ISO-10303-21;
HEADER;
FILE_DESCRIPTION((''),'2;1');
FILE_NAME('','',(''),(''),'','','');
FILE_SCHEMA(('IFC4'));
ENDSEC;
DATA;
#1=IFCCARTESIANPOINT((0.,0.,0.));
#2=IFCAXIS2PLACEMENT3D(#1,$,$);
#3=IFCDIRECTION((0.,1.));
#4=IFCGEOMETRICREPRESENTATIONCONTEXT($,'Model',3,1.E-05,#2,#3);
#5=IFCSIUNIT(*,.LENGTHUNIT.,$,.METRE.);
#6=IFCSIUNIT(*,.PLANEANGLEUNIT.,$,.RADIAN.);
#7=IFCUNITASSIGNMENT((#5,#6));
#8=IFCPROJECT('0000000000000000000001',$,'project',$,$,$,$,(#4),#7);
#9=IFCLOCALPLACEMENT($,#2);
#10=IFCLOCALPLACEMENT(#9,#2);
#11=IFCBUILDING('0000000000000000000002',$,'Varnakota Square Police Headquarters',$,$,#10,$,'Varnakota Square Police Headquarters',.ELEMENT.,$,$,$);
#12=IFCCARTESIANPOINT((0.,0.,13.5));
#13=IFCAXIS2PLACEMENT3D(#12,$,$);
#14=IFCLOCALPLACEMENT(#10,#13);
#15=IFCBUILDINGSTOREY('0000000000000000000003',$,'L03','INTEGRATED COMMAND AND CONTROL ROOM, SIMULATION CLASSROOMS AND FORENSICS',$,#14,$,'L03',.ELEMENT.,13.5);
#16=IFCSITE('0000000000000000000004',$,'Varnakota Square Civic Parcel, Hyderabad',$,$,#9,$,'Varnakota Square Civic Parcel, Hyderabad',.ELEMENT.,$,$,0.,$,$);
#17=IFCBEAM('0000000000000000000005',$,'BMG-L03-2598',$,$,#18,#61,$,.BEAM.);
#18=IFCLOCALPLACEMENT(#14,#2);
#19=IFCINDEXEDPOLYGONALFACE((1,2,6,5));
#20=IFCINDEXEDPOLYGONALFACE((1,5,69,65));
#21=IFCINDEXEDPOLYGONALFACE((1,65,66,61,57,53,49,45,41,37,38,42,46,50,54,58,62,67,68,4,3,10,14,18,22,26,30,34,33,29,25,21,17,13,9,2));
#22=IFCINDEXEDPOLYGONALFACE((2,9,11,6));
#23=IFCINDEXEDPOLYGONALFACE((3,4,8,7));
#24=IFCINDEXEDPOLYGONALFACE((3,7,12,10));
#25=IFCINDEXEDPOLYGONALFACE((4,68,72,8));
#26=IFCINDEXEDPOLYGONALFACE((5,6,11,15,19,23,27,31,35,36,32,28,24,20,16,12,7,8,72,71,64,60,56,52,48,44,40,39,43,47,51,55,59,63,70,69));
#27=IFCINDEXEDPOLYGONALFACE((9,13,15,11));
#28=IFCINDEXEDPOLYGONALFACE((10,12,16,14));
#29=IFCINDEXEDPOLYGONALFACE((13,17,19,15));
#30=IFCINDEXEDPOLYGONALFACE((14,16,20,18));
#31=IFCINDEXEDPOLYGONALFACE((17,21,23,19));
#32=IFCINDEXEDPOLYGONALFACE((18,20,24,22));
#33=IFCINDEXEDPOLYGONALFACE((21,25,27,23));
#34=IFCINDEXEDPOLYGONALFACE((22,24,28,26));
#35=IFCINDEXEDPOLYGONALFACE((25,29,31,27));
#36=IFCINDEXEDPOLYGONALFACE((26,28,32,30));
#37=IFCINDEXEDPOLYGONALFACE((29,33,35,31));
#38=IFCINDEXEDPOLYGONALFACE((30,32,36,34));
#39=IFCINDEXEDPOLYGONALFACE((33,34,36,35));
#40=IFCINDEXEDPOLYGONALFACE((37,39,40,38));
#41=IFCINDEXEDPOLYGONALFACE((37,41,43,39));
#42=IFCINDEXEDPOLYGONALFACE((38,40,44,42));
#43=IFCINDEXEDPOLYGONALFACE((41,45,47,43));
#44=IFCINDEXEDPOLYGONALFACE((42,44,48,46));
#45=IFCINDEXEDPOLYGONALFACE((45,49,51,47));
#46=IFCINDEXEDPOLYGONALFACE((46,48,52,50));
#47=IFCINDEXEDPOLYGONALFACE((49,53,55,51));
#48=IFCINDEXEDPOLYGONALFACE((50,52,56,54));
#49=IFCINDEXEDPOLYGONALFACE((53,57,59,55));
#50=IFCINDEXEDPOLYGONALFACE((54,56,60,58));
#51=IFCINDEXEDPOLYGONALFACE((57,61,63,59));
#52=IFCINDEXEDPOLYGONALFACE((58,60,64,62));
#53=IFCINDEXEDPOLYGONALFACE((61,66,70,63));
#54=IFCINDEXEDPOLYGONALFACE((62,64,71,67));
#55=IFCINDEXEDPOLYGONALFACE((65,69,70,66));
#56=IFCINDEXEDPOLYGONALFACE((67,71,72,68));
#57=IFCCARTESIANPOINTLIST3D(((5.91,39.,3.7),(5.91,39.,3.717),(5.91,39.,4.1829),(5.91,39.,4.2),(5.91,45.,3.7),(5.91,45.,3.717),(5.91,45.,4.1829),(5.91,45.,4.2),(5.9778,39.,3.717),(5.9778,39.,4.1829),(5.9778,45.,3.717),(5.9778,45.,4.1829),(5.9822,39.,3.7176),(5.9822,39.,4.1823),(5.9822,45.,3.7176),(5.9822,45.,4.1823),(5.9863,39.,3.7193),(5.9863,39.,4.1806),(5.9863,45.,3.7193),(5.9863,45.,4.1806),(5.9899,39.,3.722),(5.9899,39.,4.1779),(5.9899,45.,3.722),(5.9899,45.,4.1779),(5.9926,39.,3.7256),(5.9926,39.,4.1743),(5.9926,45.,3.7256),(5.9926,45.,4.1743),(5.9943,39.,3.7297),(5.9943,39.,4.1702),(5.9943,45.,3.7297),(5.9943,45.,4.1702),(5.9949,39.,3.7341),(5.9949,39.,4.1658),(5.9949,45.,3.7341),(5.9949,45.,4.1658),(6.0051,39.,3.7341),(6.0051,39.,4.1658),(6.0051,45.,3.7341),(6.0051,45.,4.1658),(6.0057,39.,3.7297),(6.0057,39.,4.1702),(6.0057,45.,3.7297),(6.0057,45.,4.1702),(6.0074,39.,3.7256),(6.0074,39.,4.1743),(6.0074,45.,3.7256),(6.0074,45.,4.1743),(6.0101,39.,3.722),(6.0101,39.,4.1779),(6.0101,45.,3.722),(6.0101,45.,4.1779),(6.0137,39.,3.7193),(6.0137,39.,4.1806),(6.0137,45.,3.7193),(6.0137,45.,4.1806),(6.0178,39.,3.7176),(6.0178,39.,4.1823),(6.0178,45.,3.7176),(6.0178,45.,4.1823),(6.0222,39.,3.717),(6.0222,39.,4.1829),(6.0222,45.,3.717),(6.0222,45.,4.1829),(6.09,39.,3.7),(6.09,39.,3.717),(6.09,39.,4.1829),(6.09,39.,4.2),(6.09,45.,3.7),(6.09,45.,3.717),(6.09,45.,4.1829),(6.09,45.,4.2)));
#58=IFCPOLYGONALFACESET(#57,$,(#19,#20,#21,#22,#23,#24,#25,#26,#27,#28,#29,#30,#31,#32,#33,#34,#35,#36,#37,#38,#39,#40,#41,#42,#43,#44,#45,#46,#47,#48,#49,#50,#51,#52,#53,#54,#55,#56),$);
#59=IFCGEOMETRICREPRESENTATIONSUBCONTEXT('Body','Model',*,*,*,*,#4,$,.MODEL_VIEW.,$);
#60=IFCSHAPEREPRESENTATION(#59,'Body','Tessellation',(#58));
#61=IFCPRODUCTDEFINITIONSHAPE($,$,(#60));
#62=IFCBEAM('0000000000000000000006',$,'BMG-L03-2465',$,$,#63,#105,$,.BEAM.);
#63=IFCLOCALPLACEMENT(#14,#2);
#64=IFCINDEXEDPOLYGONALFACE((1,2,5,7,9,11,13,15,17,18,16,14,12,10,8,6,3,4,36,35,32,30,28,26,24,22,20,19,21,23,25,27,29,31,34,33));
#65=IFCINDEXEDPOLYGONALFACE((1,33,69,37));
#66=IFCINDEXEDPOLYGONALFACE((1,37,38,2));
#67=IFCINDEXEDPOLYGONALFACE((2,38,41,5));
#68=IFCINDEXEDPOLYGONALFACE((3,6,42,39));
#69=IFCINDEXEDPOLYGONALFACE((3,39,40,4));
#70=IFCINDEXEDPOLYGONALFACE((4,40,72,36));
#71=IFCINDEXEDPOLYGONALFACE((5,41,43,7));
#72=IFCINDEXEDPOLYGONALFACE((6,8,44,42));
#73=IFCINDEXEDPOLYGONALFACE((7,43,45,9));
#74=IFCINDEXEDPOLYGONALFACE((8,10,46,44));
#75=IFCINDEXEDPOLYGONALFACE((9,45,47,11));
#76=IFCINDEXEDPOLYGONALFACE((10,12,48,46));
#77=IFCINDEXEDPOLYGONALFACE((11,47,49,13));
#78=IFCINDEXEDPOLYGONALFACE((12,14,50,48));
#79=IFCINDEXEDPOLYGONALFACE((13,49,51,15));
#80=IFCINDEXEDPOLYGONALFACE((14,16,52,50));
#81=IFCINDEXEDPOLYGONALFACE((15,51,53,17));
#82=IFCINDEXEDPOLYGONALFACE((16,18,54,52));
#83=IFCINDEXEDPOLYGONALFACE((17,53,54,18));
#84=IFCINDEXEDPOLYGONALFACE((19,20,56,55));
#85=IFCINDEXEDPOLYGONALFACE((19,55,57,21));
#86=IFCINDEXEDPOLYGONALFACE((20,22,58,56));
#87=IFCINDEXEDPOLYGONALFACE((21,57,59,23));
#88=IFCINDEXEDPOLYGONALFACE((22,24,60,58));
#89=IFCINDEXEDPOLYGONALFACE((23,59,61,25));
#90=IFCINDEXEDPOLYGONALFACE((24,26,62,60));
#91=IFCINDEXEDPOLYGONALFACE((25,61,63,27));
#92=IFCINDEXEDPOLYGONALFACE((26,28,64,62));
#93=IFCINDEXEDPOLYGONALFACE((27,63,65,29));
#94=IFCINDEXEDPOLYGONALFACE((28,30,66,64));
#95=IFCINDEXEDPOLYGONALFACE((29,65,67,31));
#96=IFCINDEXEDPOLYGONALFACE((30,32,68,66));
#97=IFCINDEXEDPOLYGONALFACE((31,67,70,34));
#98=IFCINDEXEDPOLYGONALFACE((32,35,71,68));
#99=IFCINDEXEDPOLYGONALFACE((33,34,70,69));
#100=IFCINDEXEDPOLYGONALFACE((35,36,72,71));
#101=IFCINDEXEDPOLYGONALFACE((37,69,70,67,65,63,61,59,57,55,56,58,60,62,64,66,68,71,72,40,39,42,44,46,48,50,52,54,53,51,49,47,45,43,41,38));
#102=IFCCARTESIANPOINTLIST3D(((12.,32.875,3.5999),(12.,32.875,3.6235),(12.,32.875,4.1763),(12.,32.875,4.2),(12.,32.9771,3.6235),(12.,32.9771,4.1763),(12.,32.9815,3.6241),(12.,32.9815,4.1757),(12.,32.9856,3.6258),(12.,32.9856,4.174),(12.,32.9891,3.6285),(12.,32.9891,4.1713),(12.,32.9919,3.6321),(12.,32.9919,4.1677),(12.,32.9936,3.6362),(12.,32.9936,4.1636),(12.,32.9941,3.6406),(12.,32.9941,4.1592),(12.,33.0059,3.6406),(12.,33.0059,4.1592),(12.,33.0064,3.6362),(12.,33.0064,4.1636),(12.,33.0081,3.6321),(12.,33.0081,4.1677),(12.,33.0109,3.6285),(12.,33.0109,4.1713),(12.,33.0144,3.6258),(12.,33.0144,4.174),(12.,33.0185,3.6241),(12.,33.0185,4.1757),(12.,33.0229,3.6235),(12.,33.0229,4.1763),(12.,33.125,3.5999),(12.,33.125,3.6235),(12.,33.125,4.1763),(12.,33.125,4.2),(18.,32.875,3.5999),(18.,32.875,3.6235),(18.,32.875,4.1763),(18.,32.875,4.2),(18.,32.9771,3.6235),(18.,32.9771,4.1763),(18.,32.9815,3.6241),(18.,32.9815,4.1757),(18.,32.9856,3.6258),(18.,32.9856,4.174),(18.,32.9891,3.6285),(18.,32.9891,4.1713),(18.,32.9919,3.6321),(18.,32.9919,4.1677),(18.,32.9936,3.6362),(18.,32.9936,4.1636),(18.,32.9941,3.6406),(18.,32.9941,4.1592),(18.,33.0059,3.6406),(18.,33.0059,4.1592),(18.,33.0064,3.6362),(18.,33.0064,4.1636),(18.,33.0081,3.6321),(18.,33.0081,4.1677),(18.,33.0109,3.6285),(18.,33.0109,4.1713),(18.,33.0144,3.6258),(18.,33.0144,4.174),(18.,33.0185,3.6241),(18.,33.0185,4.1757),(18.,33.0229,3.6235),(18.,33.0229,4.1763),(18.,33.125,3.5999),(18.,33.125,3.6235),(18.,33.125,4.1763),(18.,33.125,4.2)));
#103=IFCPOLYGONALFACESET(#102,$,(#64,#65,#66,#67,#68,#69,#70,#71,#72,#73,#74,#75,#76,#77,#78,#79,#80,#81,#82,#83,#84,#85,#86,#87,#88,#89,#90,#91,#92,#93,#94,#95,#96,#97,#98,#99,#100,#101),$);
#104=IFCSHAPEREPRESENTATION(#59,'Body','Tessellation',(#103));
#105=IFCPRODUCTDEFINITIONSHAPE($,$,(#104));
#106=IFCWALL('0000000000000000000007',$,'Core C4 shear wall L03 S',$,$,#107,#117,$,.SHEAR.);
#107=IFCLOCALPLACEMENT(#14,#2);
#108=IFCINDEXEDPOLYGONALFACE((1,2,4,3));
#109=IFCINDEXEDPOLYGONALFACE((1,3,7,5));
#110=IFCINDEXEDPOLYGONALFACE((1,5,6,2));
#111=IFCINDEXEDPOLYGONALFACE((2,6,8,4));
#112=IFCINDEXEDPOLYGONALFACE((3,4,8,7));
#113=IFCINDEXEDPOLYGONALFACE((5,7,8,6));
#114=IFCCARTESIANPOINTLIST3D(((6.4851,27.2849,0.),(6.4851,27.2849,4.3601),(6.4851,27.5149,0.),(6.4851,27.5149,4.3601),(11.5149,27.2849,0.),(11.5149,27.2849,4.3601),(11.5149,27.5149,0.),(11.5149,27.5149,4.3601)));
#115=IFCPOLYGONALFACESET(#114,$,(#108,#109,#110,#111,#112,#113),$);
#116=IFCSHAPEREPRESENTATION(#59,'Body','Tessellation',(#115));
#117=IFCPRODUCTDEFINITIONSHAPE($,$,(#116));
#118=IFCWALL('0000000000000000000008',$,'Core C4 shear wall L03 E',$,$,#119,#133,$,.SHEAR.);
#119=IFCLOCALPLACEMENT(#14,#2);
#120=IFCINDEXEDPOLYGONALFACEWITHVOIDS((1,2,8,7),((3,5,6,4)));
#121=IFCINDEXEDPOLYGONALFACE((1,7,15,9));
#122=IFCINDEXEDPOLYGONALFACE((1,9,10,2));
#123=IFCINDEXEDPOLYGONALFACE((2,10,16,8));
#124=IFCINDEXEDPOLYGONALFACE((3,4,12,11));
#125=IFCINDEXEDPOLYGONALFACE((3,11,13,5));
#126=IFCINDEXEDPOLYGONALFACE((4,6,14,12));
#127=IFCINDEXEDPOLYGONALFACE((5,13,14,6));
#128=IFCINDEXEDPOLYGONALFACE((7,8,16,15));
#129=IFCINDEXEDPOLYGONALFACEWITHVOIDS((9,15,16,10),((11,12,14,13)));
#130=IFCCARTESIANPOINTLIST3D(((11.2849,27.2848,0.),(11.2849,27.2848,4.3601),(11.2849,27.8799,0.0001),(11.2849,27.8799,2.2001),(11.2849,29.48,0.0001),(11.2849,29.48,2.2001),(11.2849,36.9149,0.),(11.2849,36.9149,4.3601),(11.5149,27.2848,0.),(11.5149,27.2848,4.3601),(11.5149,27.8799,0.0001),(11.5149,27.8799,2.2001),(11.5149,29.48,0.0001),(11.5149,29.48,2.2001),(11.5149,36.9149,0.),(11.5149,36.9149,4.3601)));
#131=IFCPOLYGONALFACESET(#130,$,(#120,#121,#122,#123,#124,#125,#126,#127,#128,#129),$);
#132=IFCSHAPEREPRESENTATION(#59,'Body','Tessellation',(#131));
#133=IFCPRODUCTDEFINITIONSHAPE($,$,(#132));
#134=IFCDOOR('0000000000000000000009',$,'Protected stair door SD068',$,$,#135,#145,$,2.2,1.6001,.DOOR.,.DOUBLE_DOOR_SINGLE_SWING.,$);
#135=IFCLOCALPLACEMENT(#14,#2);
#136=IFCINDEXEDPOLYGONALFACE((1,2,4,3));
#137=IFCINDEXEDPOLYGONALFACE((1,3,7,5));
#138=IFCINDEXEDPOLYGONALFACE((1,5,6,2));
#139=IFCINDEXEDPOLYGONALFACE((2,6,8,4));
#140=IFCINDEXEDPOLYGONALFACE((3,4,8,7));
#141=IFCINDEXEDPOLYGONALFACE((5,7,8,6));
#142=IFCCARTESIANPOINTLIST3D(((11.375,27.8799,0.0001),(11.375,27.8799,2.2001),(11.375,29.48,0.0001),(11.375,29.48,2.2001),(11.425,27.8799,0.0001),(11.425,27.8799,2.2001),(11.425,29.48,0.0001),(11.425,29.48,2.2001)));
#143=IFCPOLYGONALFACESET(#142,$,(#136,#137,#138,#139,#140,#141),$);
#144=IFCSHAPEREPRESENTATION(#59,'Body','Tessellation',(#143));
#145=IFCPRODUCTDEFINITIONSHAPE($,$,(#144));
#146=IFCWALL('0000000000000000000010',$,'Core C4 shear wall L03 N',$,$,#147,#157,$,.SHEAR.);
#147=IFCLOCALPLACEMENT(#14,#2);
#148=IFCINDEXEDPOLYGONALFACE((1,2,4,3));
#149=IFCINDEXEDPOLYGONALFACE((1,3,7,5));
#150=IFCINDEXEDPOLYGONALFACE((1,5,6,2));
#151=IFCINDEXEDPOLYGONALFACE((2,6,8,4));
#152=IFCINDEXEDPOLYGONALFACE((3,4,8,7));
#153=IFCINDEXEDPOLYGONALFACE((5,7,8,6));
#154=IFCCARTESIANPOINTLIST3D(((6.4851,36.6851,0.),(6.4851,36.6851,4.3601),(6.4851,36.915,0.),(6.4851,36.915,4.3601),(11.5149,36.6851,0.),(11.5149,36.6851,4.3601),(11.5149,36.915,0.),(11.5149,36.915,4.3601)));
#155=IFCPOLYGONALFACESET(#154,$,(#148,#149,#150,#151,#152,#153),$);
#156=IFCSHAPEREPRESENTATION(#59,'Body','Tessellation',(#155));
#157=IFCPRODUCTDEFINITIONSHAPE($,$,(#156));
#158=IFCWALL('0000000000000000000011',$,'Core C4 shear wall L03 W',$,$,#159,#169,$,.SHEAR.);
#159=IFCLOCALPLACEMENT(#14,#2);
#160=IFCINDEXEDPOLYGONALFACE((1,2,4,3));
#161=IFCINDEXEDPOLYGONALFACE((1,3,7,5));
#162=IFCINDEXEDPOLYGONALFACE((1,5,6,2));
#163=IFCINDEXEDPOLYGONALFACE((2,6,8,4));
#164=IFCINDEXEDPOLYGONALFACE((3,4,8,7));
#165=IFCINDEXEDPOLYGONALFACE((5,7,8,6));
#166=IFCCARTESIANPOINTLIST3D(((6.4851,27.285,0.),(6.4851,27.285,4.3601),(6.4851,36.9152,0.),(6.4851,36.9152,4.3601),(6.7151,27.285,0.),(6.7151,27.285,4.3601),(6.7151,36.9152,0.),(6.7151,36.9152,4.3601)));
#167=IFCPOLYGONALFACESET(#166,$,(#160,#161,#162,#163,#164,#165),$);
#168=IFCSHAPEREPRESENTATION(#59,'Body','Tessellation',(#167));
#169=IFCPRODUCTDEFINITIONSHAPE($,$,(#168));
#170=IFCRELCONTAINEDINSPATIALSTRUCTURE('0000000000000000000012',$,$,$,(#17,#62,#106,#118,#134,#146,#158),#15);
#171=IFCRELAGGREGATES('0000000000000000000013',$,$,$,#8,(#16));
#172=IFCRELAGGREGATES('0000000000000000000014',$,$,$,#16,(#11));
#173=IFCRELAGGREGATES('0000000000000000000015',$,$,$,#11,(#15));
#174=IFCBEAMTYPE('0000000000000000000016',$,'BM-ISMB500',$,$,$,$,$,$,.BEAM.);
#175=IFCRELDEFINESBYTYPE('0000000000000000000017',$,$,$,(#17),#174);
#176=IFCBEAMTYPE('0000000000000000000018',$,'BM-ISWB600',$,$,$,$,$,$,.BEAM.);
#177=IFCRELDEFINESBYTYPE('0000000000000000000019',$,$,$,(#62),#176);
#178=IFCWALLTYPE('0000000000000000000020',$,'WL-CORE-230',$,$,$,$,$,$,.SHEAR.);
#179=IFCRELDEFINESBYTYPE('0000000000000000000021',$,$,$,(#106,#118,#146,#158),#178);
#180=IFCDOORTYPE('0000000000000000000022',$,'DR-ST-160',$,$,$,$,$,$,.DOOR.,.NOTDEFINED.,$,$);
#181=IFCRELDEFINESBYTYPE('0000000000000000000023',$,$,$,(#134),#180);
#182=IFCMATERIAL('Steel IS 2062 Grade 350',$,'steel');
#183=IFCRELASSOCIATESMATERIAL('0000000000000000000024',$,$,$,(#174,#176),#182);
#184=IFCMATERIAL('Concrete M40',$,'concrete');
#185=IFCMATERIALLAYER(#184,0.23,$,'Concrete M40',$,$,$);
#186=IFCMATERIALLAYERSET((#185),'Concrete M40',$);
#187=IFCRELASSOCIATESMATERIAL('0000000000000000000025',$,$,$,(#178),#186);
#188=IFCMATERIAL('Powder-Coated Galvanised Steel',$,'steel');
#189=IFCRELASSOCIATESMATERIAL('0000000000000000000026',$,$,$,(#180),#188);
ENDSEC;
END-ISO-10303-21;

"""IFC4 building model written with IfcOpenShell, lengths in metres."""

from ifc_helpers import new_model, si_unit, direction, frame, frame_2d, origin, origin_2d, place, context, subcontext, project, spatial, rectangle, i_section, extrude, material, layer, layer_set, material_profile, profile_set, type_object, element, fill, save


model = new_model("IFC4")

# Units and contexts
model_context = context("Model", 3, precision=1e-05, world=origin(), true_north=direction((0.0, 1.0)))
body_context = subcontext(model_context, "Body", "Model", "MODEL_VIEW")
ifc_project = project(units=[si_unit("LENGTHUNIT", "METRE"), si_unit("PLANEANGLEUNIT", "RADIAN")], contexts=[model_context])

# Site, building, storey
site_placement = place(None, origin())
site = spatial("IfcSite", under=ifc_project, at=site_placement, Name="Varnakota Square Civic Parcel, Hyderabad", LongName="Varnakota Square Civic Parcel, Hyderabad", CompositionType="ELEMENT", RefElevation=0.0)
building_placement = place(site_placement, origin())
building = spatial("IfcBuilding", under=site, at=building_placement, Name="Varnakota Square Police Headquarters", LongName="Varnakota Square Police Headquarters", CompositionType="ELEMENT")
storey_placement = place(building_placement, frame((0.0, 0.0, 13.5)))
storey = spatial("IfcBuildingStorey", under=building, at=storey_placement, Name="L03", Description="INTEGRATED COMMAND AND CONTROL ROOM, SIMULATION CLASSROOMS AND FORENSICS", LongName="L03", CompositionType="ELEMENT", Elevation=13.5)

# Shared definitions
ifc_material_1 = material(Name="Steel IS 2062 Grade 350", Category="steel")

# Beams
ifc_material_profile_1 = material_profile(ifc_material_1, i_section(OverallWidth=0.1799, OverallDepth=0.5, WebThickness=0.0103, FlangeThickness=0.0171, FilletRadius=0.0171, at=origin_2d()), Name="ISMB 500")
ifc_profile_set_1 = profile_set([ifc_material_profile_1], Name="Steel IS 2062 Grade 350")
beam_type_1 = type_object("IfcBeamType", Name="BM-ISMB500", PredefinedType="BEAM", material=ifc_profile_set_1)
beam_1_placement = place(storey_placement, frame((6.0, 39.0, 3.95), z_axis=(0.0, 1.0, 0.0), x_axis=(-1.0, 0.0, 0.0)))
element("IfcBeam", 1, at=beam_1_placement, inside=storey, type_object=beam_type_1, Name="BMG-L03-2598", PredefinedType="BEAM", context=body_context, shape_type="SweptSolid", body=[
    extrude(i_section(OverallWidth=0.1799, OverallDepth=0.5, WebThickness=0.0103, FlangeThickness=0.0171, FilletRadius=0.0171, at=origin_2d()), origin(), (0.0, 0.0, 1.0), 6.0),
])
ifc_material_profile_2 = material_profile(ifc_material_1, i_section(OverallWidth=0.25, OverallDepth=0.6001, WebThickness=0.0117, FlangeThickness=0.0237, FilletRadius=0.0171, at=origin_2d()), Name="ISWB 600")
ifc_profile_set_2 = profile_set([ifc_material_profile_2], Name="Steel IS 2062 Grade 350")
beam_type_2 = type_object("IfcBeamType", Name="BM-ISWB600", PredefinedType="BEAM", material=ifc_profile_set_2)
beam_2_placement = place(storey_placement, frame((12.0, 33.0, 3.8999), z_axis=(1.0, 0.0, 0.0), x_axis=(0.0, 1.0, 0.0)))
element("IfcBeam", 2, at=beam_2_placement, inside=storey, type_object=beam_type_2, Name="BMG-L03-2465", PredefinedType="BEAM", context=body_context, shape_type="SweptSolid", body=[
    extrude(i_section(OverallWidth=0.25, OverallDepth=0.6001, WebThickness=0.0117, FlangeThickness=0.0237, FilletRadius=0.0171, at=origin_2d()), origin(), (0.0, 0.0, 1.0), 6.0),
])

# Wall
ifc_material_2 = material(Name="Concrete M40", Category="concrete")
ifc_layer_1 = layer(ifc_material_2, 0.23, Name="Concrete M40")
ifc_layer_set_1 = layer_set([ifc_layer_1], Name="Concrete M40")
wall_type_1 = type_object("IfcWallType", Name="WL-CORE-230", PredefinedType="SHEAR", material=ifc_layer_set_1)
wall_1_placement = place(storey_placement, frame((6.4851, 27.3999, 0.0), z_axis=(0.0, 0.0, 1.0), x_axis=(1.0, 0.0, 0.0)))
element("IfcWall", 3, at=wall_1_placement, inside=storey, type_object=wall_type_1, Name="Core C4 shear wall L03 S", PredefinedType="SHEAR", context=body_context, shape_type="SweptSolid", body=[
    extrude(rectangle(XDim=5.0298, YDim=0.23, at=frame_2d((2.5149, 0.0))), origin(), (0.0, 0.0, 1.0), 4.3601),
])

# Wall, opening, door
wall_2_placement = place(storey_placement, frame((11.3999, 27.2849, 0.0), z_axis=(0.0, 0.0, 1.0), x_axis=(0.0, 1.0, 0.0)))
wall_2 = element("IfcWall", 4, at=wall_2_placement, inside=storey, type_object=wall_type_1, Name="Core C4 shear wall L03 E", PredefinedType="SHEAR", context=body_context, shape_type="SweptSolid", body=[
    extrude(rectangle(XDim=9.6301, YDim=0.23, at=frame_2d((4.8149, 0.0))), origin(), (0.0, 0.0, 1.0), 4.3601),
])
opening_1_placement = place(wall_2_placement, frame((0.595, 0.0, 0.0)))
opening_1 = element("IfcOpeningElement", 5, at=opening_1_placement, cuts=wall_2, PredefinedType="OPENING", context=body_context, shape_type="SweptSolid", body=[
    extrude(rectangle(XDim=1.6001, YDim=2.2, at=frame_2d((0.8, 1.1001))), frame((0.0, 0.125, 0.0), z_axis=(0.0, -1.0, 0.0), x_axis=(1.0, 0.0, 0.0)), (0.0, 0.0, 1.0), 0.25),
])
ifc_material_3 = material(Name="Powder-Coated Galvanised Steel", Category="steel")
door_type = type_object("IfcDoorType", Name="DR-ST-160", OperationType="NOTDEFINED", PredefinedType="DOOR", material=ifc_material_3)
door_placement = place(opening_1_placement, origin())
door = element("IfcDoor", 6, at=door_placement, inside=storey, type_object=door_type, Name="Protected stair door SD068", OperationType="DOUBLE_DOOR_SINGLE_SWING", OverallHeight=2.2, OverallWidth=1.6001, PredefinedType="DOOR", context=body_context, shape_type="SweptSolid", body=[
    extrude(rectangle(XDim=1.6001, YDim=2.2, at=frame_2d((0.8, 1.1001))), frame((0.0, 0.0249, 0.0), z_axis=(0.0, -1.0, 0.0), x_axis=(1.0, 0.0, 0.0)), (0.0, 0.0, 1.0), 0.05),
])
fill(opening_1, door)

# Walls
wall_3_placement = place(storey_placement, frame((11.5149, 36.8, 0.0), z_axis=(0.0, 0.0, 1.0), x_axis=(-1.0, 0.0, 0.0)))
element("IfcWall", 7, at=wall_3_placement, inside=storey, type_object=wall_type_1, Name="Core C4 shear wall L03 N", PredefinedType="SHEAR", context=body_context, shape_type="SweptSolid", body=[
    extrude(rectangle(XDim=5.0298, YDim=0.23, at=frame_2d((2.5149, 0.0))), origin(), (0.0, 0.0, 1.0), 4.3601),
])
wall_4_placement = place(storey_placement, frame((6.6001, 36.915, 0.0), z_axis=(0.0, 0.0, 1.0), x_axis=(0.0, -1.0, 0.0)))
element("IfcWall", 8, at=wall_4_placement, inside=storey, type_object=wall_type_1, Name="Core C4 shear wall L03 W", PredefinedType="SHEAR", context=body_context, shape_type="SweptSolid", body=[
    extrude(rectangle(XDim=9.6301, YDim=0.23, at=frame_2d((4.8149, 0.0))), origin(), (0.0, 0.0, 1.0), 4.3601),
])

save(model, "model.ifc")
